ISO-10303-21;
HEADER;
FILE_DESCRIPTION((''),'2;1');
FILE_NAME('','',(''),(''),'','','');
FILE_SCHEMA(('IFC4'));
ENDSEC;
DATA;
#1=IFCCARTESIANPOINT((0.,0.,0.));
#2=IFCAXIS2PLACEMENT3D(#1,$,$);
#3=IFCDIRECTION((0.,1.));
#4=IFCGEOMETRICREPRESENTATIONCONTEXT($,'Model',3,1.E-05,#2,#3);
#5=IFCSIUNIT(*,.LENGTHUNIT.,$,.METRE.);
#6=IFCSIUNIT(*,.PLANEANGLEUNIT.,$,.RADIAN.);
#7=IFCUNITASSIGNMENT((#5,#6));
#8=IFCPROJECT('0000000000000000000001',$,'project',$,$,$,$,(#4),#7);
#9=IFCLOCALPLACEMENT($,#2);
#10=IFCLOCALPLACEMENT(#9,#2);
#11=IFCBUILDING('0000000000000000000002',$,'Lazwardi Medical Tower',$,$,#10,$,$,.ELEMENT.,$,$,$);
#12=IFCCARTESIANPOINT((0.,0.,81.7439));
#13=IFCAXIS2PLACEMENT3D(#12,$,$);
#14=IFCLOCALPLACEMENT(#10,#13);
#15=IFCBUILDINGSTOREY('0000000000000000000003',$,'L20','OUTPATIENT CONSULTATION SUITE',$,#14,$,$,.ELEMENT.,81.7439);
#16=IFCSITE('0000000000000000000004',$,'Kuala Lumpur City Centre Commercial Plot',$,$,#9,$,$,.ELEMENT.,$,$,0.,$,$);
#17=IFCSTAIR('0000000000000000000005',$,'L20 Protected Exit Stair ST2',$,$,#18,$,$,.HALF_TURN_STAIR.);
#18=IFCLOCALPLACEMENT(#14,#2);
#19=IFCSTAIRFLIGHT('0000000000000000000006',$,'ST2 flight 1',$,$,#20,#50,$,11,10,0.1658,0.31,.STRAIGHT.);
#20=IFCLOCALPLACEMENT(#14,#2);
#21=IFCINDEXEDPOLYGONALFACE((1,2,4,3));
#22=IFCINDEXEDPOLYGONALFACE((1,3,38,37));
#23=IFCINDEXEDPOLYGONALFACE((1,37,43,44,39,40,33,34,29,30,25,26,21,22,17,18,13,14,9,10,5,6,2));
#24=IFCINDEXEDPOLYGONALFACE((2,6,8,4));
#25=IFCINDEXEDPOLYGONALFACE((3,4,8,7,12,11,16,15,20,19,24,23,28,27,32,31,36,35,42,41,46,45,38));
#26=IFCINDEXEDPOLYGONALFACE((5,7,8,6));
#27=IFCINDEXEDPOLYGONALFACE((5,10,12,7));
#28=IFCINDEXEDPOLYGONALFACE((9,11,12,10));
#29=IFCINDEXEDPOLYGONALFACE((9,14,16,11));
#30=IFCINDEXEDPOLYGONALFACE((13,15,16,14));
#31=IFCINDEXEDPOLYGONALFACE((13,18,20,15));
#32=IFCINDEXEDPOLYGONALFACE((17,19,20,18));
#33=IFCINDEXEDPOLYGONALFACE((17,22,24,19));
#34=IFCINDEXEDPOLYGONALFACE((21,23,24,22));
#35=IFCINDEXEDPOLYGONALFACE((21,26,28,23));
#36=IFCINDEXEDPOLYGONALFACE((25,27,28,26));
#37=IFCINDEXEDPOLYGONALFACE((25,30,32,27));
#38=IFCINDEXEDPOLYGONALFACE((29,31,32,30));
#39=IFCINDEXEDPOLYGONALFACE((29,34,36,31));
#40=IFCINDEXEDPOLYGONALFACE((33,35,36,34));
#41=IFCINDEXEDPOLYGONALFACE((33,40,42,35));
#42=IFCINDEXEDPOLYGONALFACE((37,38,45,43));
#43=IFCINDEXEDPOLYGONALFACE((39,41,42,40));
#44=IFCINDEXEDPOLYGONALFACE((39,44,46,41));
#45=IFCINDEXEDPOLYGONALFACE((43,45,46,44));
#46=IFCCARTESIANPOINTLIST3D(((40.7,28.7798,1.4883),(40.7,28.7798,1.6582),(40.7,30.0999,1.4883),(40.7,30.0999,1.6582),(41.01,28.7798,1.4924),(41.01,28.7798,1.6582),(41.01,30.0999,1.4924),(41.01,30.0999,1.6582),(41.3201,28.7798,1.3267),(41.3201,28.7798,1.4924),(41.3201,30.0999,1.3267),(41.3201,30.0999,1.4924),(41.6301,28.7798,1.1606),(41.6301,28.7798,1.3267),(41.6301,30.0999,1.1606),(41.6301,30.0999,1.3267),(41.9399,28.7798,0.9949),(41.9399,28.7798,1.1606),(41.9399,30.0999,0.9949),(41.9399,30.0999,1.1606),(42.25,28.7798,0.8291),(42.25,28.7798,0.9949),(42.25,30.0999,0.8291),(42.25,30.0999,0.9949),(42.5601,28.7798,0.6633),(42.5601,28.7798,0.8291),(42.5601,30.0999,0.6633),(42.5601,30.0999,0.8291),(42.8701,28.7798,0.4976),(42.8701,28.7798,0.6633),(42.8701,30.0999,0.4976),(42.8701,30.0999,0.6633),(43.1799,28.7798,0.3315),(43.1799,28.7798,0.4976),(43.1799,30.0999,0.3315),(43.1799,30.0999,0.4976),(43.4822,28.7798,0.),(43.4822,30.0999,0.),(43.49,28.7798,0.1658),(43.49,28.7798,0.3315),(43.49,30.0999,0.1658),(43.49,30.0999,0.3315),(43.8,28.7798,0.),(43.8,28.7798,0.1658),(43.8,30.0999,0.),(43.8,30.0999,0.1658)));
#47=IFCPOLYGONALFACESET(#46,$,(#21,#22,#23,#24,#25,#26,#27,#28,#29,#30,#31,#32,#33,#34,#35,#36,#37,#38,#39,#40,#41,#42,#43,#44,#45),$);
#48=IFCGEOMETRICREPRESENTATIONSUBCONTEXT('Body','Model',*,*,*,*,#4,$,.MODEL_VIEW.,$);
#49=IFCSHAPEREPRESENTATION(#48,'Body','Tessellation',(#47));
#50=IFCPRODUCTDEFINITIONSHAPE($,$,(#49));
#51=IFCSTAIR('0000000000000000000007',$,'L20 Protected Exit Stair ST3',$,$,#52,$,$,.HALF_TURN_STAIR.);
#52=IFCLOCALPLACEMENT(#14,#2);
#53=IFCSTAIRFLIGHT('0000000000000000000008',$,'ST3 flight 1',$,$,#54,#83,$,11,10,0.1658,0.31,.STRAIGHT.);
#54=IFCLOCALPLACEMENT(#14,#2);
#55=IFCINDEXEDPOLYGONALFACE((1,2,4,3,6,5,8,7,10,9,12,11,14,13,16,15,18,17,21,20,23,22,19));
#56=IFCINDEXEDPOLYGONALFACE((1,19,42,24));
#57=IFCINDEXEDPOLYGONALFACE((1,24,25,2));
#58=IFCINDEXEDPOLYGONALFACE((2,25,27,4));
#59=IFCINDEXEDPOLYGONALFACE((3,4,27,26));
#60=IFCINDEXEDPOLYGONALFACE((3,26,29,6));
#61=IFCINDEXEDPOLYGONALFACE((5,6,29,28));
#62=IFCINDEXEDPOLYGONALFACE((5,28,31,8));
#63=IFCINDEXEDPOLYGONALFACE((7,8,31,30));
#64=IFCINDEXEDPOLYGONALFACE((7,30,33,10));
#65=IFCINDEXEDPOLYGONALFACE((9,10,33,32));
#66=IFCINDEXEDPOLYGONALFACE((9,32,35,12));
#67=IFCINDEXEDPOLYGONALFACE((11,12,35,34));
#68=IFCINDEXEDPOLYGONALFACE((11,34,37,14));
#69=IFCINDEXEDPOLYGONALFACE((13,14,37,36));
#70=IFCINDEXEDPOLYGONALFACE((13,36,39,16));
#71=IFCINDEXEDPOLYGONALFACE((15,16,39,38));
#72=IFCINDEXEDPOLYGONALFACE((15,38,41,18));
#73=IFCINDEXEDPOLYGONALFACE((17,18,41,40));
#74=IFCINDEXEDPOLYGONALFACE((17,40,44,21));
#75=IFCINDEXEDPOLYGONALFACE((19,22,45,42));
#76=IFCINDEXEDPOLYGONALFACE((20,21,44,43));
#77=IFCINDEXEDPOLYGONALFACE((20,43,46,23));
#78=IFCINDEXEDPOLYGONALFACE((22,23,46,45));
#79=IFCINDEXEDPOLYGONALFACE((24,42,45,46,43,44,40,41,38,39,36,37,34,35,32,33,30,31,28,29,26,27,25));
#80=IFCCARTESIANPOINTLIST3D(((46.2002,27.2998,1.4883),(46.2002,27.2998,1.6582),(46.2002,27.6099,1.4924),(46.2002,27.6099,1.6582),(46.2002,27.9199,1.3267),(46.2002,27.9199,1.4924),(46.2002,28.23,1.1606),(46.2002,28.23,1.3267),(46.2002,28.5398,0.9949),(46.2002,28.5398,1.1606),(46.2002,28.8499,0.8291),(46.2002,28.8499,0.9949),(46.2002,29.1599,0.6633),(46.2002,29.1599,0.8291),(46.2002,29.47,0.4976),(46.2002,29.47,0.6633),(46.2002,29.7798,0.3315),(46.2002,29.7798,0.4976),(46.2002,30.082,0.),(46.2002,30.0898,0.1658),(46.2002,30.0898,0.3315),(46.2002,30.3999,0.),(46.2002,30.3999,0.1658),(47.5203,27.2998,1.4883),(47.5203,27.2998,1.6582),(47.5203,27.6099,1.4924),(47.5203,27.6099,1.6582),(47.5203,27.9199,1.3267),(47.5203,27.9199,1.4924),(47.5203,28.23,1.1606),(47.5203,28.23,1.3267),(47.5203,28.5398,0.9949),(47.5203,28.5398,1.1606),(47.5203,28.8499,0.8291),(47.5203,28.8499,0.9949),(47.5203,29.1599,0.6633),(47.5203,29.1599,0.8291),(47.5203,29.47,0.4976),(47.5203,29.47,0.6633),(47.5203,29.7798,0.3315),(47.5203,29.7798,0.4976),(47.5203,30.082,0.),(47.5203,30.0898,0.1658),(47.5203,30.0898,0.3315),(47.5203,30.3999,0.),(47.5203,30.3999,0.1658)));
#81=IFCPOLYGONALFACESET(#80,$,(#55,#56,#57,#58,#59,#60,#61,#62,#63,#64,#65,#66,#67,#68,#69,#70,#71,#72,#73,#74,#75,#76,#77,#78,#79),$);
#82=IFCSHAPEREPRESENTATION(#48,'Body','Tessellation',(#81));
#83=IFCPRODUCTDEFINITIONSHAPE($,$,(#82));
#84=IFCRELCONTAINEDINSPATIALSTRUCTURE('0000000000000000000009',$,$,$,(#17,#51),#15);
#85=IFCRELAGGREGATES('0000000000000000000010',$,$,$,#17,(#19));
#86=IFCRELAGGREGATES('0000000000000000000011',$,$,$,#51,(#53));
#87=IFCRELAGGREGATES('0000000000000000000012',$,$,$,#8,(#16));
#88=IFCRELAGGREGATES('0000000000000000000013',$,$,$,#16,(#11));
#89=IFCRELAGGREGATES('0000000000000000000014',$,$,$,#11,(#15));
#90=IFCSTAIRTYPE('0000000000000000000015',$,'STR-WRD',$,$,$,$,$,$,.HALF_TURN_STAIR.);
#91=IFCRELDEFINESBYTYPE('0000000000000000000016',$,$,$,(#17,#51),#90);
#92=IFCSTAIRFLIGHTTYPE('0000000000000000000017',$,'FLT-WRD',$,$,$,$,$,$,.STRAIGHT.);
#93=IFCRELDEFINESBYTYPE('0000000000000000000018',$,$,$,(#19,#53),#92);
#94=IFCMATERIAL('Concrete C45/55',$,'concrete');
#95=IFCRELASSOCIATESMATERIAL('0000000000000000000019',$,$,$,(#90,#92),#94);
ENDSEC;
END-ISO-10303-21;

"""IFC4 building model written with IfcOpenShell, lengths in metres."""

from ifc_helpers import new_model, si_unit, direction, frame, origin, place, context, subcontext, project, spatial, polyline, outline, extrude, material, type_object, element, aggregate, save


model = new_model("IFC4")

# Units and contexts
model_context = context("Model", 3, precision=1e-05, world=origin(), true_north=direction((0.0, 1.0)))
body_context = subcontext(model_context, "Body", "Model", "MODEL_VIEW")
ifc_project = project(units=[si_unit("LENGTHUNIT", "METRE"), si_unit("PLANEANGLEUNIT", "RADIAN")], contexts=[model_context])

# Site, building, storey
site_placement = place(None, origin())
site = spatial("IfcSite", under=ifc_project, at=site_placement, Name="Kuala Lumpur City Centre Commercial Plot", CompositionType="ELEMENT", RefElevation=0.0)
building_placement = place(site_placement, origin())
building = spatial("IfcBuilding", under=site, at=building_placement, Name="Lazwardi Medical Tower", CompositionType="ELEMENT")
storey_placement = place(building_placement, frame((0.0, 0.0, 81.7439)))
storey = spatial("IfcBuildingStorey", under=building, at=storey_placement, Name="L20", Description="OUTPATIENT CONSULTATION SUITE", CompositionType="ELEMENT", Elevation=81.7439)

# Stairs, stair flights
ifc_material_1 = material(Name="Concrete C45/55", Category="concrete")
stair_type = type_object("IfcStairType", Name="STR-WRD", PredefinedType="HALF_TURN_STAIR", material=ifc_material_1)
stair_1_placement = place(storey_placement, origin())
stair_1 = element("IfcStair", 1, at=stair_1_placement, inside=storey, type_object=stair_type, Name="L20 Protected Exit Stair ST2", PredefinedType="HALF_TURN_STAIR")
stair_flight_type = type_object("IfcStairFlightType", Name="FLT-WRD", PredefinedType="STRAIGHT", material=ifc_material_1)
stair_flight_1_placement = place(storey_placement, frame((43.8, 29.4399, 0.0), z_axis=(0.0, 0.0, 1.0), x_axis=(-1.0, 0.0, 0.0)))
stair_flight_1 = element("IfcStairFlight", 2, at=stair_flight_1_placement, type_object=stair_flight_type, Name="ST2 flight 1", NumberOfRisers=11, NumberOfTreads=10, PredefinedType="STRAIGHT", RiserHeight=0.1658, TreadLength=0.31, context=body_context, shape_type="SweptSolid", body=[
    extrude(outline(polyline([(0.0, 0.0), (0.0, 0.1658), (0.3101, 0.1658), (0.3101, 0.3315), (0.6201, 0.3315), (0.6201, 0.4976), (0.9299, 0.4976), (0.9299, 0.6633), (1.24, 0.6633), (1.24, 0.8291), (1.55, 0.8291), (1.55, 0.9949), (1.8601, 0.9949), (1.8601, 1.1606), (2.1699, 1.1606), (2.1699, 1.3267), (2.48, 1.3267), (2.48, 1.4924), (2.79, 1.4924), (2.79, 1.6582), (3.1001, 1.6582), (3.1001, 1.824), (3.1001, 1.4883), (0.3179, 0.0), (0.0, 0.0)])), frame((0.0, 0.6602, 0.0), z_axis=(0.0, -1.0, 0.0), x_axis=(1.0, 0.0, 0.0)), (0.0, 0.0, 1.0), 1.3201),
])
aggregate(stair_1, [stair_flight_1])
stair_2_placement = place(storey_placement, origin())
stair_2 = element("IfcStair", 3, at=stair_2_placement, inside=storey, type_object=stair_type, Name="L20 Protected Exit Stair ST3", PredefinedType="HALF_TURN_STAIR")
stair_flight_2_placement = place(storey_placement, frame((46.8601, 30.3999, 0.0), z_axis=(0.0, 0.0, 1.0), x_axis=(0.0, -1.0, 0.0)))
stair_flight_2 = element("IfcStairFlight", 4, at=stair_flight_2_placement, type_object=stair_flight_type, Name="ST3 flight 1", NumberOfRisers=11, NumberOfTreads=10, PredefinedType="STRAIGHT", RiserHeight=0.1658, TreadLength=0.31, context=body_context, shape_type="SweptSolid", body=[
    extrude(outline(polyline([(0.0, 0.0), (0.0, 0.1658), (0.3101, 0.1658), (0.3101, 0.3315), (0.6201, 0.3315), (0.6201, 0.4976), (0.9299, 0.4976), (0.9299, 0.6633), (1.24, 0.6633), (1.24, 0.8291), (1.55, 0.8291), (1.55, 0.9949), (1.8601, 0.9949), (1.8601, 1.1606), (2.1699, 1.1606), (2.1699, 1.3267), (2.48, 1.3267), (2.48, 1.4924), (2.79, 1.4924), (2.79, 1.6582), (3.1001, 1.6582), (3.1001, 1.824), (3.1001, 1.4883), (0.3179, 0.0), (0.0, 0.0)])), frame((0.0, 0.6602, 0.0), z_axis=(0.0, -1.0, 0.0), x_axis=(1.0, 0.0, 0.0)), (0.0, 0.0, 1.0), 1.3201),
])
aggregate(stair_2, [stair_flight_2])

save(model, "model.ifc")
